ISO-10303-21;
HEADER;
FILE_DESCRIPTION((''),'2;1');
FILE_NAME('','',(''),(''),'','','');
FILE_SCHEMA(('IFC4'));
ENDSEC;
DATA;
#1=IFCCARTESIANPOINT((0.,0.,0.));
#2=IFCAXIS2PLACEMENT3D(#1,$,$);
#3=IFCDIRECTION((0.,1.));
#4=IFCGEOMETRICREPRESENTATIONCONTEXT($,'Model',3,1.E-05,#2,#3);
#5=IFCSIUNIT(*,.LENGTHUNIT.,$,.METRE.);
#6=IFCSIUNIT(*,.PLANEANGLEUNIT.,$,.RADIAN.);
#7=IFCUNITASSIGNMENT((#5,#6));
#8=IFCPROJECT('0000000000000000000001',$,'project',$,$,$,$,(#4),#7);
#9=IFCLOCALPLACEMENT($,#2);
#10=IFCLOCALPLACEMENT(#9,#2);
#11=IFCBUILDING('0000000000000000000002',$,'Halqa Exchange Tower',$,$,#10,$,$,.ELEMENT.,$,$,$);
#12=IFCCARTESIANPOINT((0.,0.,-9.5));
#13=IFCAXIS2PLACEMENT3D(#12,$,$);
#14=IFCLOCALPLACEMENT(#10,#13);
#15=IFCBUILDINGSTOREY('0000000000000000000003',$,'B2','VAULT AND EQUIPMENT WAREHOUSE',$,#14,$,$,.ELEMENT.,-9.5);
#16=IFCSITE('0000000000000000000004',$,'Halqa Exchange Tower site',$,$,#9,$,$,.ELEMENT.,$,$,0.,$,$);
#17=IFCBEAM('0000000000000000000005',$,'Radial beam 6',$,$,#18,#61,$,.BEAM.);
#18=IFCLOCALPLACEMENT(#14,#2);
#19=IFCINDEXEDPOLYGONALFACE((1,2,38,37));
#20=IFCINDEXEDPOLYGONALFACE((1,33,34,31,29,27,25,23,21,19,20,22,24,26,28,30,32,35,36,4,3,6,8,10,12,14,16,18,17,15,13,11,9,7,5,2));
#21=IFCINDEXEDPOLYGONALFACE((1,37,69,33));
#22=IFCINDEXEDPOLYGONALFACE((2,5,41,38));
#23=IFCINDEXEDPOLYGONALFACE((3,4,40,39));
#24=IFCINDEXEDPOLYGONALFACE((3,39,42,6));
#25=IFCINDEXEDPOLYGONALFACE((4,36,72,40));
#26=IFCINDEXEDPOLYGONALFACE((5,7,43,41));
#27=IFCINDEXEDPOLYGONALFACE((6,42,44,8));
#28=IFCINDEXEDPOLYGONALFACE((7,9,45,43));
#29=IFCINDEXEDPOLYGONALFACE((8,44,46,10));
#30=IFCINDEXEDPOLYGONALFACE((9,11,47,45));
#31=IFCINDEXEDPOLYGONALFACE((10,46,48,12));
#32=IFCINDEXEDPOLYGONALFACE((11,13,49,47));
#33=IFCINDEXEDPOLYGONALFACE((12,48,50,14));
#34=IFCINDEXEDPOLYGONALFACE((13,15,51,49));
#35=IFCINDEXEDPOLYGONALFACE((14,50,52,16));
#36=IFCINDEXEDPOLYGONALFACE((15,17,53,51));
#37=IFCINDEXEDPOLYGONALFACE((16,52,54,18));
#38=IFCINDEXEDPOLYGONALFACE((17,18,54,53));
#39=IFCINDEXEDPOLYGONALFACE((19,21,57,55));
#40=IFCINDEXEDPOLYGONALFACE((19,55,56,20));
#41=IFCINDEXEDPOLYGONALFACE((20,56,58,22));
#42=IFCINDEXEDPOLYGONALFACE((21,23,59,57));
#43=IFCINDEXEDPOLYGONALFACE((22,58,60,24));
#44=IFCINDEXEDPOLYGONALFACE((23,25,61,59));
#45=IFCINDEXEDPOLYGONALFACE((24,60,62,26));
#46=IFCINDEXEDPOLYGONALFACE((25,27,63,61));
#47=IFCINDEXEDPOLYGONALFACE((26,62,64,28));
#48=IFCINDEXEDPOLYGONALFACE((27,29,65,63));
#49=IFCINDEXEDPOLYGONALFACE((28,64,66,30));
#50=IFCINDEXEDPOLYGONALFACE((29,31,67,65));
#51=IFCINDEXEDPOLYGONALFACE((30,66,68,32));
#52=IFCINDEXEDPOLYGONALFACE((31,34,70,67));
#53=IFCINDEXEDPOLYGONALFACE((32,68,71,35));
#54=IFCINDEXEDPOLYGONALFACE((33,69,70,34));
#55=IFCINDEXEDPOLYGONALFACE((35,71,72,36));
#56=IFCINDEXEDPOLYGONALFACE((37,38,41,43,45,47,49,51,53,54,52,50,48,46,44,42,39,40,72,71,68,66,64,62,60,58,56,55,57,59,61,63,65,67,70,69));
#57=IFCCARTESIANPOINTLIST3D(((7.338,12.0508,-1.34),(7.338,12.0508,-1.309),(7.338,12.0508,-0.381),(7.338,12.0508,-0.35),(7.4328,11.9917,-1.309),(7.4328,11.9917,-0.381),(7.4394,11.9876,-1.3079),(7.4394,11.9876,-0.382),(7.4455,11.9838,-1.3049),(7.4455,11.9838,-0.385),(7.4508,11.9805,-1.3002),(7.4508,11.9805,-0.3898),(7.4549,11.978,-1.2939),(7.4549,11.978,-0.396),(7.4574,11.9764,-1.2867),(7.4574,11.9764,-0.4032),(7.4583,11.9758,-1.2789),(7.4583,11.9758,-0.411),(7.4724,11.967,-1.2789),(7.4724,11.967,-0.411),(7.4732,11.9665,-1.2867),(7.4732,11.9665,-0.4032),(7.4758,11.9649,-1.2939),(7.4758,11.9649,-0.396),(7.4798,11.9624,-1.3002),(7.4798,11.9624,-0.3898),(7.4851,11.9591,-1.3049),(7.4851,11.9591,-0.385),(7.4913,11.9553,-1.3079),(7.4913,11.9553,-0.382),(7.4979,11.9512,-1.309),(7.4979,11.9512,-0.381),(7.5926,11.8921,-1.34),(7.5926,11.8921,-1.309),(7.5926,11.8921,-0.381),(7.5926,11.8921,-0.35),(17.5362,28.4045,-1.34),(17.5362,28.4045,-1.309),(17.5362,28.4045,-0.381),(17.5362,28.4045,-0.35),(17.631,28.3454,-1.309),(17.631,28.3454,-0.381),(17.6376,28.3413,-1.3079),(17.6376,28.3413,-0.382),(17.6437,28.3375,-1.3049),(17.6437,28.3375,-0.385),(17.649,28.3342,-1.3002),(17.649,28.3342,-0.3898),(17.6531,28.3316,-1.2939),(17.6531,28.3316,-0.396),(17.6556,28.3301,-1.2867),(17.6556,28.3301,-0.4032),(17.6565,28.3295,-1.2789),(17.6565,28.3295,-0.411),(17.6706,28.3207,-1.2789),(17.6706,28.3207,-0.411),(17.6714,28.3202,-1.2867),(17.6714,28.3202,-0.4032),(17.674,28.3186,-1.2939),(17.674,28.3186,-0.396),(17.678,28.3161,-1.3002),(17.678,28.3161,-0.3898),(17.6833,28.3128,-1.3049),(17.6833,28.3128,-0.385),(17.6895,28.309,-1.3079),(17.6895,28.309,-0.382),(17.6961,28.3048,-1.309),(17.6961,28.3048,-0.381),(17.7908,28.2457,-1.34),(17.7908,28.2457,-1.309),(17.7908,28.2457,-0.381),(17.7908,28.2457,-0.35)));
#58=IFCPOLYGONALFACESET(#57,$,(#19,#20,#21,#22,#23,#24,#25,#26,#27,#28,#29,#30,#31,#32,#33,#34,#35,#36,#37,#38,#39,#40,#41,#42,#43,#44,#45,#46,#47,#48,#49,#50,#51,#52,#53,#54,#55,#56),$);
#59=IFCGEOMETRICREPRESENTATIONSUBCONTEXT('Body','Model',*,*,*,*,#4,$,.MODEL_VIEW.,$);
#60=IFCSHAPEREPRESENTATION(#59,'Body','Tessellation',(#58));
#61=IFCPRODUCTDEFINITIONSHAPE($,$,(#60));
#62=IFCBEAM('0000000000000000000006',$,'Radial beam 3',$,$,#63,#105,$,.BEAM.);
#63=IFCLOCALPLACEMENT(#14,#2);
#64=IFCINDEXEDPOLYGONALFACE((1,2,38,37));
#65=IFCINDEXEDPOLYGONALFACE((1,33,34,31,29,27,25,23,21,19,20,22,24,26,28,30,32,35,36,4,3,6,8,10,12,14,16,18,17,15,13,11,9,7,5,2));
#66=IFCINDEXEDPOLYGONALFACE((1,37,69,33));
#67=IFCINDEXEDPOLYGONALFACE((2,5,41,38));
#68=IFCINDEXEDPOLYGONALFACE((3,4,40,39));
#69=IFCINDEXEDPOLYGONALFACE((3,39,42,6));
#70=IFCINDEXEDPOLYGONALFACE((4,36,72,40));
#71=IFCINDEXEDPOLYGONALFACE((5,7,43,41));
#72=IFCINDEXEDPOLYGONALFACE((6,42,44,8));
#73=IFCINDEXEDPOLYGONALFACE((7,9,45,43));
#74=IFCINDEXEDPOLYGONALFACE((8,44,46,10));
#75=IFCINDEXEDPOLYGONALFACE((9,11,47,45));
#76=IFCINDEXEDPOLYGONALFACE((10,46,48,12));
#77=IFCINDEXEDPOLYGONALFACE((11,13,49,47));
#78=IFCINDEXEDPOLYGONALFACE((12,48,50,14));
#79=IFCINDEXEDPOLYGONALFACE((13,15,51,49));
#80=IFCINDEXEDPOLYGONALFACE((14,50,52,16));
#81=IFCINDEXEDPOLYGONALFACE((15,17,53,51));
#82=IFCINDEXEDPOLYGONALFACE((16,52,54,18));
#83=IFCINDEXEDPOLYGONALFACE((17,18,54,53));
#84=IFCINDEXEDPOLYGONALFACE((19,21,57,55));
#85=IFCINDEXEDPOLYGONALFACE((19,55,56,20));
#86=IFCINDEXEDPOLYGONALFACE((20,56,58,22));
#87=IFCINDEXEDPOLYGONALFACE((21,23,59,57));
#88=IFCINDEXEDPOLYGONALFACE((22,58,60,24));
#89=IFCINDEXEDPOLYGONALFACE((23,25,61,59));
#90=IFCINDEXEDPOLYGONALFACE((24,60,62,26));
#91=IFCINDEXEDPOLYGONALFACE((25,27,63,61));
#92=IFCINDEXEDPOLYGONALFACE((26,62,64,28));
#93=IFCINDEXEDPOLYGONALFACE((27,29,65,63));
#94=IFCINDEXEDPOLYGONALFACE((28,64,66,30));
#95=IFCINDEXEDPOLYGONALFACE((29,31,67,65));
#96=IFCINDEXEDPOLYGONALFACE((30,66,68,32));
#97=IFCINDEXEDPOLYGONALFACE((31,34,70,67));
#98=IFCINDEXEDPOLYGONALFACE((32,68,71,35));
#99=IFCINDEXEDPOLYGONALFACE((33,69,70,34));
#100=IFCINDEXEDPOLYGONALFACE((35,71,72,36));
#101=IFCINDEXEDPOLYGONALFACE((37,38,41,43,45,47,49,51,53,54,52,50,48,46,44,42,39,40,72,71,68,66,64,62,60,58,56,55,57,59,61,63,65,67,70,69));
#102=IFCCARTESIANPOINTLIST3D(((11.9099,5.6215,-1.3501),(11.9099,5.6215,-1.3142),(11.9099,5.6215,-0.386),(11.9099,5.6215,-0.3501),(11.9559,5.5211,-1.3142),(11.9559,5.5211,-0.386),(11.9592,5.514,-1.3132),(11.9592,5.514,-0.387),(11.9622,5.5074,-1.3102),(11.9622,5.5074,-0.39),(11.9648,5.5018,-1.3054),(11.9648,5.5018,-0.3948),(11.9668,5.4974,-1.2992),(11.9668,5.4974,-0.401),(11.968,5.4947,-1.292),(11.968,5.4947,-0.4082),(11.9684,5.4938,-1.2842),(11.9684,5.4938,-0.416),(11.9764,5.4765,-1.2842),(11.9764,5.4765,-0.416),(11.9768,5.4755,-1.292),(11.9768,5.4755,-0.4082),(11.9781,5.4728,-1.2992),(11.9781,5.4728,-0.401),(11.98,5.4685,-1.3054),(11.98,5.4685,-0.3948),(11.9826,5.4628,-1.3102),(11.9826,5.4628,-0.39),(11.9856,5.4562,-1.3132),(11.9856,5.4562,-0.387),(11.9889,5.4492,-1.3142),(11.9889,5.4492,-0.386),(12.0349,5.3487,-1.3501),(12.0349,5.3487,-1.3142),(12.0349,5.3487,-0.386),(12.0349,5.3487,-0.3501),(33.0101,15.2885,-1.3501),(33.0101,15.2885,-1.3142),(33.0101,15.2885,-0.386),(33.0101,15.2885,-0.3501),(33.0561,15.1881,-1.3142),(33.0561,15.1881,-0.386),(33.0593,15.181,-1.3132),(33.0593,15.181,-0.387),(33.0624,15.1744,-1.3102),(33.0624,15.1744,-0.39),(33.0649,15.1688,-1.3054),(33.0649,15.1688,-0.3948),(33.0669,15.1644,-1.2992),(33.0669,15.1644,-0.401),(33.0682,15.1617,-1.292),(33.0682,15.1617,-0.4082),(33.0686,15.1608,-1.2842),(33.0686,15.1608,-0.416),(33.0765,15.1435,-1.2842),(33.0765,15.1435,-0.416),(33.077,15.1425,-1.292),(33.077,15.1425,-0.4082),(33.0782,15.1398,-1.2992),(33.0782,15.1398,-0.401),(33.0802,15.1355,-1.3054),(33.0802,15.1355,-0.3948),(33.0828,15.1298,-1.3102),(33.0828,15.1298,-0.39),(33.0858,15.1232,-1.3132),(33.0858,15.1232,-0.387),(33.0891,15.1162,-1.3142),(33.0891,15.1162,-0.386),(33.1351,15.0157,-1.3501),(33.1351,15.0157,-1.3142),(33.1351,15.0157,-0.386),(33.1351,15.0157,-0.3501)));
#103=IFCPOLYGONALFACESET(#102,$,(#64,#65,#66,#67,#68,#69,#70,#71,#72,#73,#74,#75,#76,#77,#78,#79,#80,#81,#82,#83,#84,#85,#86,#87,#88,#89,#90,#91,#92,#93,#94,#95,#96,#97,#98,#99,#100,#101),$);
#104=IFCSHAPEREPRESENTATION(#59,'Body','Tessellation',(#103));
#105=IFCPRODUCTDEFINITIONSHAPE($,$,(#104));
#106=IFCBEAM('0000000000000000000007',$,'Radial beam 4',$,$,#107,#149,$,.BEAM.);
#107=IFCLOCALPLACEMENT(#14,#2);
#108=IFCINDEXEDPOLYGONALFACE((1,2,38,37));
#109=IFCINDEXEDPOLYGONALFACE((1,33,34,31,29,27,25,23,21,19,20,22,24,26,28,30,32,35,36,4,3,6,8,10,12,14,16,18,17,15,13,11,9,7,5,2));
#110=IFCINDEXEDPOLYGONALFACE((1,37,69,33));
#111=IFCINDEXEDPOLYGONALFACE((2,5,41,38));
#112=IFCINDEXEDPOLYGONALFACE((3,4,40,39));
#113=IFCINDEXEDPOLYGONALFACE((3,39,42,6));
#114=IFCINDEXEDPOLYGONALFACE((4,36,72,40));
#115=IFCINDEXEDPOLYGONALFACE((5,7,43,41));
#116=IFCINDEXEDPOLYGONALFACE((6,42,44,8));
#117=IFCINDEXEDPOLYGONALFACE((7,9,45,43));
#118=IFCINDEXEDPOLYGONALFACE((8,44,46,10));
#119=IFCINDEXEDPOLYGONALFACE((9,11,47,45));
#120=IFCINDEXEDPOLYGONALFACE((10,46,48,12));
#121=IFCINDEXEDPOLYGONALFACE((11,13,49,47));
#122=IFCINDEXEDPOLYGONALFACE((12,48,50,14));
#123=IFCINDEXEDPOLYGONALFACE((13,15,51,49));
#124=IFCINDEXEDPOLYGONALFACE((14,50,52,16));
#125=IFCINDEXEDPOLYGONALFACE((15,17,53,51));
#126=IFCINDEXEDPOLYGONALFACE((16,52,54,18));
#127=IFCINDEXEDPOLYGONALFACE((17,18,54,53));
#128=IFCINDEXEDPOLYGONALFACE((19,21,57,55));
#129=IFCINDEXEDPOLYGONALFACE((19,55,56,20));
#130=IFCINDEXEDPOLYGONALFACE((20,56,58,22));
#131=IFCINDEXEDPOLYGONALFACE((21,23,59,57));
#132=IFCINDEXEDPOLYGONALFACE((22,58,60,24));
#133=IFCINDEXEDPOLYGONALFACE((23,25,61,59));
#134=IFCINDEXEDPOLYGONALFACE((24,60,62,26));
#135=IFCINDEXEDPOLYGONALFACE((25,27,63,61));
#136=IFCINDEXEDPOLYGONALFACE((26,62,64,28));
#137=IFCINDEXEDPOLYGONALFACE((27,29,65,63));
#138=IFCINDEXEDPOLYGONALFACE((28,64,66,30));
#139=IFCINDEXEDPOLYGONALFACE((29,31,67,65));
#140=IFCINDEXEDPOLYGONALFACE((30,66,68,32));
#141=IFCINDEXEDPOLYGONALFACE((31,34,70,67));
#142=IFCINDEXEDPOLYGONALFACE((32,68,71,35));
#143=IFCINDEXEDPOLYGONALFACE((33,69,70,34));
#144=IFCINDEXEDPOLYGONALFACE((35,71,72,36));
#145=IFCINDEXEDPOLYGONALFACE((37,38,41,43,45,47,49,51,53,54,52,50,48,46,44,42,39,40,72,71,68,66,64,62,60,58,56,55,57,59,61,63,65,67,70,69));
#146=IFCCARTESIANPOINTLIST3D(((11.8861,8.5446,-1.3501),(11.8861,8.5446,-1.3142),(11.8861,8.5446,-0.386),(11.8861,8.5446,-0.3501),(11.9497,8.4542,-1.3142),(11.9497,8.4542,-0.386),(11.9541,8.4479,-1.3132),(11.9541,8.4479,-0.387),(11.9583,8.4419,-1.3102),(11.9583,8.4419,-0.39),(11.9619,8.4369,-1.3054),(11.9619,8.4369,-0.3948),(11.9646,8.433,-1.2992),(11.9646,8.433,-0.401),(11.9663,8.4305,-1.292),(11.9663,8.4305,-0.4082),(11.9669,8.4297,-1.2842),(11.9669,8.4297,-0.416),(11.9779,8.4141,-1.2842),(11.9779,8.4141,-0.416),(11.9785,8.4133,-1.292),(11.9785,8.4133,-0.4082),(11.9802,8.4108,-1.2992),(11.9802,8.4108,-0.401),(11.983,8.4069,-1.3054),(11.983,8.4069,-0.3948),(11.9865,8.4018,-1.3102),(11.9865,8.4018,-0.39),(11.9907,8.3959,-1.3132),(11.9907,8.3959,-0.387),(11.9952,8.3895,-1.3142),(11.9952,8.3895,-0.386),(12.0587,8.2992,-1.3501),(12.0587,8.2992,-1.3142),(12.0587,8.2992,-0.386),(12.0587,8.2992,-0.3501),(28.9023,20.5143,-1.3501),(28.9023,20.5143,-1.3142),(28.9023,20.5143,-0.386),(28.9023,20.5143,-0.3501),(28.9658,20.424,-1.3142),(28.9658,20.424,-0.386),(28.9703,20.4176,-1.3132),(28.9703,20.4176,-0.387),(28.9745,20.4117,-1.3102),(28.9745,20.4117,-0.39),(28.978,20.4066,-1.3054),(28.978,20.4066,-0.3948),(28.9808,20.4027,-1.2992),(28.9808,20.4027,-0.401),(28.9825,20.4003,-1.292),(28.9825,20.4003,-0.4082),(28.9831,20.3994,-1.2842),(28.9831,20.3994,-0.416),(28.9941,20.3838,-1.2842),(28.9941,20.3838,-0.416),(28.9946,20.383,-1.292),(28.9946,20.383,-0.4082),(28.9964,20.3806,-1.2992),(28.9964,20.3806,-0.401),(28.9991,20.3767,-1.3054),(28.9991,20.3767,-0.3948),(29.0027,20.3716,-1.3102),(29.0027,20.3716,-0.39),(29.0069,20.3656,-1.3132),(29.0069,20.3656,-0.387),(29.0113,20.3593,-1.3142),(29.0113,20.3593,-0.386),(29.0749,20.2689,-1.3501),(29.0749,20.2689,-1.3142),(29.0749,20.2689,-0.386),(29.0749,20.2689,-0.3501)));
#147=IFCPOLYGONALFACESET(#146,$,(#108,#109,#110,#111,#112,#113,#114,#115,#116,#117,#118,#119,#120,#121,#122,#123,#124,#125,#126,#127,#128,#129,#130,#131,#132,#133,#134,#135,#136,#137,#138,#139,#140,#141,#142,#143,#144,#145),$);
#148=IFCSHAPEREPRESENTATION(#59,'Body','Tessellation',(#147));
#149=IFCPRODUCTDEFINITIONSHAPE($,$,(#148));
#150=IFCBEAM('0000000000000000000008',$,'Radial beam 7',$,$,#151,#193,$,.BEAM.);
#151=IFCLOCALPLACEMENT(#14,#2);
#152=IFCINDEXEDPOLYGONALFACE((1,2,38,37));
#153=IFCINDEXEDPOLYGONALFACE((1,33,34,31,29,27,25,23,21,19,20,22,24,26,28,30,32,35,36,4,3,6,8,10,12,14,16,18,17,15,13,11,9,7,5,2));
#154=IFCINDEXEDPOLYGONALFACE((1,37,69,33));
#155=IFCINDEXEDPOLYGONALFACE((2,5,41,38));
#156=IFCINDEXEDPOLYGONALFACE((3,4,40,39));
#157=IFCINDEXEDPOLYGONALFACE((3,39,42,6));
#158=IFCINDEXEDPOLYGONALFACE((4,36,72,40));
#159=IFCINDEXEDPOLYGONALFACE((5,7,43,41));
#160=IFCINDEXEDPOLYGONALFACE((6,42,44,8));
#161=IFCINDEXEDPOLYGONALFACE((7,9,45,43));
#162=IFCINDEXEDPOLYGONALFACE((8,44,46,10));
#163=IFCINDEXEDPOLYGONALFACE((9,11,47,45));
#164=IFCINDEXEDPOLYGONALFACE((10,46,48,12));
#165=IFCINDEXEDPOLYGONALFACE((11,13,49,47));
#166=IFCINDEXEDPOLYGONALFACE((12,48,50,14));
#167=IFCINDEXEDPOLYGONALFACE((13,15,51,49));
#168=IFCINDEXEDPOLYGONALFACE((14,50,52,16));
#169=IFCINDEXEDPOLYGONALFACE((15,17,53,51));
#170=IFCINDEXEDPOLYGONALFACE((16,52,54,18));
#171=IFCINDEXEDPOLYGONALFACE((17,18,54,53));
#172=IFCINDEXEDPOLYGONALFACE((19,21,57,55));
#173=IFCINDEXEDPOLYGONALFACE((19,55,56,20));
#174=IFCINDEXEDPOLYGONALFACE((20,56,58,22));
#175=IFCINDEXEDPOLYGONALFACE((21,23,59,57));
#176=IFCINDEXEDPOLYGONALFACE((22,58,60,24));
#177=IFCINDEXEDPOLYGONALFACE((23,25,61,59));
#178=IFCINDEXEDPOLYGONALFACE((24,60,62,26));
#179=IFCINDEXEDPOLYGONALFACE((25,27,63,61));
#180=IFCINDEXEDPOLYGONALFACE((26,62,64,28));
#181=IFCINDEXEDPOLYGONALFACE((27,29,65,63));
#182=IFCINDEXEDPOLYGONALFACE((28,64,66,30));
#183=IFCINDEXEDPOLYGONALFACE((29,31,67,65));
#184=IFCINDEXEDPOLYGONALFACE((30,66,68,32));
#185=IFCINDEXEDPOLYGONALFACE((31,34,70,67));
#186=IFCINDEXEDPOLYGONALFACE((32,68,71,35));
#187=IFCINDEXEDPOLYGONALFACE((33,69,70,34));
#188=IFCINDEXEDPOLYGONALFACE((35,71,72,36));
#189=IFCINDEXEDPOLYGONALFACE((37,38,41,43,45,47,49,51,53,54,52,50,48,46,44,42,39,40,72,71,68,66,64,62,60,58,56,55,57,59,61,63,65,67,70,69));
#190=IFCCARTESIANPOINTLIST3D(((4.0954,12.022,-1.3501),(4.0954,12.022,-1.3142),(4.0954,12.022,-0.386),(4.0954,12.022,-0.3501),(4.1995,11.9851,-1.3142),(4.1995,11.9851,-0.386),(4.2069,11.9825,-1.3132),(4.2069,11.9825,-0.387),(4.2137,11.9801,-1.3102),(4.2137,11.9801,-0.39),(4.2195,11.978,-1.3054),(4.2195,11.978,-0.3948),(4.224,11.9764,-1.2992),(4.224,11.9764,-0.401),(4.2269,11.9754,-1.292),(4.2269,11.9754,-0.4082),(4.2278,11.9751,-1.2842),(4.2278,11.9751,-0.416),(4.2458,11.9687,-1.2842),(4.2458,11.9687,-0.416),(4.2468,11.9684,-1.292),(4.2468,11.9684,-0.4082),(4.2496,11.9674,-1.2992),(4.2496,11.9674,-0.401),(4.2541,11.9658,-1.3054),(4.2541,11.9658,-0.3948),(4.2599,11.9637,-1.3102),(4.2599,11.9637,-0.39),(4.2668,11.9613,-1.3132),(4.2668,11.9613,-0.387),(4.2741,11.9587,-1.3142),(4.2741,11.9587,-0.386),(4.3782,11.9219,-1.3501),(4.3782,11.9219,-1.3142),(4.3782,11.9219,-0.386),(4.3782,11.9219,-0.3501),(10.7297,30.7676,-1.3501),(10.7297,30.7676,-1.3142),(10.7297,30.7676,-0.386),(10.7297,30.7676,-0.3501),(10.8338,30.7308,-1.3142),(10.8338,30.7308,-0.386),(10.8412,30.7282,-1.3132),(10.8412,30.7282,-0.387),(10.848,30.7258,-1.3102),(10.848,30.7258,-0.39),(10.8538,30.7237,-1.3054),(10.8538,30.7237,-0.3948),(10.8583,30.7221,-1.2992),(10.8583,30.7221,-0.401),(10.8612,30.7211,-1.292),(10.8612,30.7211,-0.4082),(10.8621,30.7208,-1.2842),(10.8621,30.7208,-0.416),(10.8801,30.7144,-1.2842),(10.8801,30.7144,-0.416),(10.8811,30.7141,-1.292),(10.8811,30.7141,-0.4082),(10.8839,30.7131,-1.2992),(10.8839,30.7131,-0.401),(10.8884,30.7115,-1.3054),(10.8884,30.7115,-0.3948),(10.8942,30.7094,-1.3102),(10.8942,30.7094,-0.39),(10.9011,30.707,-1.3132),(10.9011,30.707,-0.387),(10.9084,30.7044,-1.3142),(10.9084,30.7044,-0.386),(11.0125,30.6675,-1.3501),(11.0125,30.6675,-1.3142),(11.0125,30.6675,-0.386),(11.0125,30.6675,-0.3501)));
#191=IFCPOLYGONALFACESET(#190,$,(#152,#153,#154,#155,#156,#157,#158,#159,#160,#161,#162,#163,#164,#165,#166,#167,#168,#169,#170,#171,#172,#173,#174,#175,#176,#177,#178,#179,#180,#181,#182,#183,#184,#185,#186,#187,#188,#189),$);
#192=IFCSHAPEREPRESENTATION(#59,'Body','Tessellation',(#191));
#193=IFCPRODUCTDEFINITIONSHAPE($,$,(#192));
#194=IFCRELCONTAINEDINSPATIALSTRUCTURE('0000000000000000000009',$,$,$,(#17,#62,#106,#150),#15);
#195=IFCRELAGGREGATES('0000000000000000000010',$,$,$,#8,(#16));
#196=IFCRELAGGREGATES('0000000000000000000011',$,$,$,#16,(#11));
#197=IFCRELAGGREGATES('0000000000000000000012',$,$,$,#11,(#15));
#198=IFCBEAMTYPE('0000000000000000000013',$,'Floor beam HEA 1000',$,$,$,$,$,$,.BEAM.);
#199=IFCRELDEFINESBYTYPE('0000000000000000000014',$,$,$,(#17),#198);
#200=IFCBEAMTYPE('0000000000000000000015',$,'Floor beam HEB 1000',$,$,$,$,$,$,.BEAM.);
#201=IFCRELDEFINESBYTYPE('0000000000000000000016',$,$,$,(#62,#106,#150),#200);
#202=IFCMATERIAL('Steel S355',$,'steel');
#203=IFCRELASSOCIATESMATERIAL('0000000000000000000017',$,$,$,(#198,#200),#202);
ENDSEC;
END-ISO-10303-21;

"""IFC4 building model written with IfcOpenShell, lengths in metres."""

from ifc_helpers import new_model, si_unit, direction, frame, origin, origin_2d, place, context, subcontext, project, spatial, i_section, extrude, material, material_profile, profile_set, type_object, element, save


model = new_model("IFC4")

# Units and contexts
model_context = context("Model", 3, precision=1e-05, world=origin(), true_north=direction((0.0, 1.0)))
body_context = subcontext(model_context, "Body", "Model", "MODEL_VIEW")
ifc_project = project(units=[si_unit("LENGTHUNIT", "METRE"), si_unit("PLANEANGLEUNIT", "RADIAN")], contexts=[model_context])

# Site, building, storey
site_placement = place(None, origin())
site = spatial("IfcSite", under=ifc_project, at=site_placement, Name="Halqa Exchange Tower site", CompositionType="ELEMENT", RefElevation=0.0)
building_placement = place(site_placement, origin())
building = spatial("IfcBuilding", under=site, at=building_placement, Name="Halqa Exchange Tower", CompositionType="ELEMENT")
storey_placement = place(building_placement, frame((0.0, 0.0, -9.5)))
storey = spatial("IfcBuildingStorey", under=building, at=storey_placement, Name="B2", Description="VAULT AND EQUIPMENT WAREHOUSE", CompositionType="ELEMENT", Elevation=-9.5)

# Beams
ifc_material_1 = material(Name="Steel S355", Category="steel")
ifc_material_profile_1 = material_profile(ifc_material_1, i_section(OverallWidth=0.3, OverallDepth=0.99, WebThickness=0.0166, FlangeThickness=0.031, FilletRadius=0.03, at=origin_2d()), Name="HEA 1000")
ifc_profile_set_1 = profile_set([ifc_material_profile_1], Name="Steel S355")
beam_type_1 = type_object("IfcBeamType", Name="Floor beam HEA 1000", PredefinedType="BEAM", material=ifc_profile_set_1)
beam_1_placement = place(storey_placement, frame((7.4653, 11.9714, -0.845), z_axis=(0.529146, 0.848531, 0.0), x_axis=(-0.848531, 0.529146, 0.0)))
element("IfcBeam", 1, at=beam_1_placement, inside=storey, type_object=beam_type_1, Name="Radial beam 6", PredefinedType="BEAM", context=body_context, shape_type="SweptSolid", body=[
    extrude(i_section(OverallWidth=0.3, OverallDepth=0.99, WebThickness=0.0166, FlangeThickness=0.031, FilletRadius=0.03, at=origin_2d()), origin(), (0.0, 0.0, 1.0), 19.2729),
])
ifc_material_profile_2 = material_profile(ifc_material_1, i_section(OverallWidth=0.3, OverallDepth=1.0, WebThickness=0.019, FlangeThickness=0.0359, FilletRadius=0.03, at=origin_2d()), Name="HEB 1000")
ifc_profile_set_2 = profile_set([ifc_material_profile_2], Name="Steel S355")
beam_type_2 = type_object("IfcBeamType", Name="Floor beam HEB 1000", PredefinedType="BEAM", material=ifc_profile_set_2)
beam_2_placement = place(storey_placement, frame((11.9724, 5.4851, -0.8501), z_axis=(0.909128, 0.416516, 0.0), x_axis=(-0.416516, 0.909128, 0.0)))
element("IfcBeam", 2, at=beam_2_placement, inside=storey, type_object=beam_type_2, Name="Radial beam 3", PredefinedType="BEAM", context=body_context, shape_type="SweptSolid", body=[
    extrude(i_section(OverallWidth=0.3, OverallDepth=1.0, WebThickness=0.019, FlangeThickness=0.0359, FilletRadius=0.03, at=origin_2d()), origin(), (0.0, 0.0, 1.0), 23.2092),
])
beam_3_placement = place(storey_placement, frame((11.9724, 8.4219, -0.8501), z_axis=(0.81791, 0.575346, 0.0), x_axis=(-0.575346, 0.81791, 0.0)))
element("IfcBeam", 3, at=beam_3_placement, inside=storey, type_object=beam_type_2, Name="Radial beam 4", PredefinedType="BEAM", context=body_context, shape_type="SweptSolid", body=[
    extrude(i_section(OverallWidth=0.3, OverallDepth=1.0, WebThickness=0.019, FlangeThickness=0.0359, FilletRadius=0.03, at=origin_2d()), origin(), (0.0, 0.0, 1.0), 20.8044),
])
beam_4_placement = place(storey_placement, frame((4.2368, 11.9719, -0.8501), z_axis=(0.333633, 0.942703, 0.0), x_axis=(-0.942703, 0.333633, 0.0)))
element("IfcBeam", 4, at=beam_4_placement, inside=storey, type_object=beam_type_2, Name="Radial beam 7", PredefinedType="BEAM", context=body_context, shape_type="SweptSolid", body=[
    extrude(i_section(OverallWidth=0.3, OverallDepth=1.0, WebThickness=0.019, FlangeThickness=0.0359, FilletRadius=0.03, at=origin_2d()), origin(), (0.0, 0.0, 1.0), 19.885),
])

save(model, "model.ifc")
